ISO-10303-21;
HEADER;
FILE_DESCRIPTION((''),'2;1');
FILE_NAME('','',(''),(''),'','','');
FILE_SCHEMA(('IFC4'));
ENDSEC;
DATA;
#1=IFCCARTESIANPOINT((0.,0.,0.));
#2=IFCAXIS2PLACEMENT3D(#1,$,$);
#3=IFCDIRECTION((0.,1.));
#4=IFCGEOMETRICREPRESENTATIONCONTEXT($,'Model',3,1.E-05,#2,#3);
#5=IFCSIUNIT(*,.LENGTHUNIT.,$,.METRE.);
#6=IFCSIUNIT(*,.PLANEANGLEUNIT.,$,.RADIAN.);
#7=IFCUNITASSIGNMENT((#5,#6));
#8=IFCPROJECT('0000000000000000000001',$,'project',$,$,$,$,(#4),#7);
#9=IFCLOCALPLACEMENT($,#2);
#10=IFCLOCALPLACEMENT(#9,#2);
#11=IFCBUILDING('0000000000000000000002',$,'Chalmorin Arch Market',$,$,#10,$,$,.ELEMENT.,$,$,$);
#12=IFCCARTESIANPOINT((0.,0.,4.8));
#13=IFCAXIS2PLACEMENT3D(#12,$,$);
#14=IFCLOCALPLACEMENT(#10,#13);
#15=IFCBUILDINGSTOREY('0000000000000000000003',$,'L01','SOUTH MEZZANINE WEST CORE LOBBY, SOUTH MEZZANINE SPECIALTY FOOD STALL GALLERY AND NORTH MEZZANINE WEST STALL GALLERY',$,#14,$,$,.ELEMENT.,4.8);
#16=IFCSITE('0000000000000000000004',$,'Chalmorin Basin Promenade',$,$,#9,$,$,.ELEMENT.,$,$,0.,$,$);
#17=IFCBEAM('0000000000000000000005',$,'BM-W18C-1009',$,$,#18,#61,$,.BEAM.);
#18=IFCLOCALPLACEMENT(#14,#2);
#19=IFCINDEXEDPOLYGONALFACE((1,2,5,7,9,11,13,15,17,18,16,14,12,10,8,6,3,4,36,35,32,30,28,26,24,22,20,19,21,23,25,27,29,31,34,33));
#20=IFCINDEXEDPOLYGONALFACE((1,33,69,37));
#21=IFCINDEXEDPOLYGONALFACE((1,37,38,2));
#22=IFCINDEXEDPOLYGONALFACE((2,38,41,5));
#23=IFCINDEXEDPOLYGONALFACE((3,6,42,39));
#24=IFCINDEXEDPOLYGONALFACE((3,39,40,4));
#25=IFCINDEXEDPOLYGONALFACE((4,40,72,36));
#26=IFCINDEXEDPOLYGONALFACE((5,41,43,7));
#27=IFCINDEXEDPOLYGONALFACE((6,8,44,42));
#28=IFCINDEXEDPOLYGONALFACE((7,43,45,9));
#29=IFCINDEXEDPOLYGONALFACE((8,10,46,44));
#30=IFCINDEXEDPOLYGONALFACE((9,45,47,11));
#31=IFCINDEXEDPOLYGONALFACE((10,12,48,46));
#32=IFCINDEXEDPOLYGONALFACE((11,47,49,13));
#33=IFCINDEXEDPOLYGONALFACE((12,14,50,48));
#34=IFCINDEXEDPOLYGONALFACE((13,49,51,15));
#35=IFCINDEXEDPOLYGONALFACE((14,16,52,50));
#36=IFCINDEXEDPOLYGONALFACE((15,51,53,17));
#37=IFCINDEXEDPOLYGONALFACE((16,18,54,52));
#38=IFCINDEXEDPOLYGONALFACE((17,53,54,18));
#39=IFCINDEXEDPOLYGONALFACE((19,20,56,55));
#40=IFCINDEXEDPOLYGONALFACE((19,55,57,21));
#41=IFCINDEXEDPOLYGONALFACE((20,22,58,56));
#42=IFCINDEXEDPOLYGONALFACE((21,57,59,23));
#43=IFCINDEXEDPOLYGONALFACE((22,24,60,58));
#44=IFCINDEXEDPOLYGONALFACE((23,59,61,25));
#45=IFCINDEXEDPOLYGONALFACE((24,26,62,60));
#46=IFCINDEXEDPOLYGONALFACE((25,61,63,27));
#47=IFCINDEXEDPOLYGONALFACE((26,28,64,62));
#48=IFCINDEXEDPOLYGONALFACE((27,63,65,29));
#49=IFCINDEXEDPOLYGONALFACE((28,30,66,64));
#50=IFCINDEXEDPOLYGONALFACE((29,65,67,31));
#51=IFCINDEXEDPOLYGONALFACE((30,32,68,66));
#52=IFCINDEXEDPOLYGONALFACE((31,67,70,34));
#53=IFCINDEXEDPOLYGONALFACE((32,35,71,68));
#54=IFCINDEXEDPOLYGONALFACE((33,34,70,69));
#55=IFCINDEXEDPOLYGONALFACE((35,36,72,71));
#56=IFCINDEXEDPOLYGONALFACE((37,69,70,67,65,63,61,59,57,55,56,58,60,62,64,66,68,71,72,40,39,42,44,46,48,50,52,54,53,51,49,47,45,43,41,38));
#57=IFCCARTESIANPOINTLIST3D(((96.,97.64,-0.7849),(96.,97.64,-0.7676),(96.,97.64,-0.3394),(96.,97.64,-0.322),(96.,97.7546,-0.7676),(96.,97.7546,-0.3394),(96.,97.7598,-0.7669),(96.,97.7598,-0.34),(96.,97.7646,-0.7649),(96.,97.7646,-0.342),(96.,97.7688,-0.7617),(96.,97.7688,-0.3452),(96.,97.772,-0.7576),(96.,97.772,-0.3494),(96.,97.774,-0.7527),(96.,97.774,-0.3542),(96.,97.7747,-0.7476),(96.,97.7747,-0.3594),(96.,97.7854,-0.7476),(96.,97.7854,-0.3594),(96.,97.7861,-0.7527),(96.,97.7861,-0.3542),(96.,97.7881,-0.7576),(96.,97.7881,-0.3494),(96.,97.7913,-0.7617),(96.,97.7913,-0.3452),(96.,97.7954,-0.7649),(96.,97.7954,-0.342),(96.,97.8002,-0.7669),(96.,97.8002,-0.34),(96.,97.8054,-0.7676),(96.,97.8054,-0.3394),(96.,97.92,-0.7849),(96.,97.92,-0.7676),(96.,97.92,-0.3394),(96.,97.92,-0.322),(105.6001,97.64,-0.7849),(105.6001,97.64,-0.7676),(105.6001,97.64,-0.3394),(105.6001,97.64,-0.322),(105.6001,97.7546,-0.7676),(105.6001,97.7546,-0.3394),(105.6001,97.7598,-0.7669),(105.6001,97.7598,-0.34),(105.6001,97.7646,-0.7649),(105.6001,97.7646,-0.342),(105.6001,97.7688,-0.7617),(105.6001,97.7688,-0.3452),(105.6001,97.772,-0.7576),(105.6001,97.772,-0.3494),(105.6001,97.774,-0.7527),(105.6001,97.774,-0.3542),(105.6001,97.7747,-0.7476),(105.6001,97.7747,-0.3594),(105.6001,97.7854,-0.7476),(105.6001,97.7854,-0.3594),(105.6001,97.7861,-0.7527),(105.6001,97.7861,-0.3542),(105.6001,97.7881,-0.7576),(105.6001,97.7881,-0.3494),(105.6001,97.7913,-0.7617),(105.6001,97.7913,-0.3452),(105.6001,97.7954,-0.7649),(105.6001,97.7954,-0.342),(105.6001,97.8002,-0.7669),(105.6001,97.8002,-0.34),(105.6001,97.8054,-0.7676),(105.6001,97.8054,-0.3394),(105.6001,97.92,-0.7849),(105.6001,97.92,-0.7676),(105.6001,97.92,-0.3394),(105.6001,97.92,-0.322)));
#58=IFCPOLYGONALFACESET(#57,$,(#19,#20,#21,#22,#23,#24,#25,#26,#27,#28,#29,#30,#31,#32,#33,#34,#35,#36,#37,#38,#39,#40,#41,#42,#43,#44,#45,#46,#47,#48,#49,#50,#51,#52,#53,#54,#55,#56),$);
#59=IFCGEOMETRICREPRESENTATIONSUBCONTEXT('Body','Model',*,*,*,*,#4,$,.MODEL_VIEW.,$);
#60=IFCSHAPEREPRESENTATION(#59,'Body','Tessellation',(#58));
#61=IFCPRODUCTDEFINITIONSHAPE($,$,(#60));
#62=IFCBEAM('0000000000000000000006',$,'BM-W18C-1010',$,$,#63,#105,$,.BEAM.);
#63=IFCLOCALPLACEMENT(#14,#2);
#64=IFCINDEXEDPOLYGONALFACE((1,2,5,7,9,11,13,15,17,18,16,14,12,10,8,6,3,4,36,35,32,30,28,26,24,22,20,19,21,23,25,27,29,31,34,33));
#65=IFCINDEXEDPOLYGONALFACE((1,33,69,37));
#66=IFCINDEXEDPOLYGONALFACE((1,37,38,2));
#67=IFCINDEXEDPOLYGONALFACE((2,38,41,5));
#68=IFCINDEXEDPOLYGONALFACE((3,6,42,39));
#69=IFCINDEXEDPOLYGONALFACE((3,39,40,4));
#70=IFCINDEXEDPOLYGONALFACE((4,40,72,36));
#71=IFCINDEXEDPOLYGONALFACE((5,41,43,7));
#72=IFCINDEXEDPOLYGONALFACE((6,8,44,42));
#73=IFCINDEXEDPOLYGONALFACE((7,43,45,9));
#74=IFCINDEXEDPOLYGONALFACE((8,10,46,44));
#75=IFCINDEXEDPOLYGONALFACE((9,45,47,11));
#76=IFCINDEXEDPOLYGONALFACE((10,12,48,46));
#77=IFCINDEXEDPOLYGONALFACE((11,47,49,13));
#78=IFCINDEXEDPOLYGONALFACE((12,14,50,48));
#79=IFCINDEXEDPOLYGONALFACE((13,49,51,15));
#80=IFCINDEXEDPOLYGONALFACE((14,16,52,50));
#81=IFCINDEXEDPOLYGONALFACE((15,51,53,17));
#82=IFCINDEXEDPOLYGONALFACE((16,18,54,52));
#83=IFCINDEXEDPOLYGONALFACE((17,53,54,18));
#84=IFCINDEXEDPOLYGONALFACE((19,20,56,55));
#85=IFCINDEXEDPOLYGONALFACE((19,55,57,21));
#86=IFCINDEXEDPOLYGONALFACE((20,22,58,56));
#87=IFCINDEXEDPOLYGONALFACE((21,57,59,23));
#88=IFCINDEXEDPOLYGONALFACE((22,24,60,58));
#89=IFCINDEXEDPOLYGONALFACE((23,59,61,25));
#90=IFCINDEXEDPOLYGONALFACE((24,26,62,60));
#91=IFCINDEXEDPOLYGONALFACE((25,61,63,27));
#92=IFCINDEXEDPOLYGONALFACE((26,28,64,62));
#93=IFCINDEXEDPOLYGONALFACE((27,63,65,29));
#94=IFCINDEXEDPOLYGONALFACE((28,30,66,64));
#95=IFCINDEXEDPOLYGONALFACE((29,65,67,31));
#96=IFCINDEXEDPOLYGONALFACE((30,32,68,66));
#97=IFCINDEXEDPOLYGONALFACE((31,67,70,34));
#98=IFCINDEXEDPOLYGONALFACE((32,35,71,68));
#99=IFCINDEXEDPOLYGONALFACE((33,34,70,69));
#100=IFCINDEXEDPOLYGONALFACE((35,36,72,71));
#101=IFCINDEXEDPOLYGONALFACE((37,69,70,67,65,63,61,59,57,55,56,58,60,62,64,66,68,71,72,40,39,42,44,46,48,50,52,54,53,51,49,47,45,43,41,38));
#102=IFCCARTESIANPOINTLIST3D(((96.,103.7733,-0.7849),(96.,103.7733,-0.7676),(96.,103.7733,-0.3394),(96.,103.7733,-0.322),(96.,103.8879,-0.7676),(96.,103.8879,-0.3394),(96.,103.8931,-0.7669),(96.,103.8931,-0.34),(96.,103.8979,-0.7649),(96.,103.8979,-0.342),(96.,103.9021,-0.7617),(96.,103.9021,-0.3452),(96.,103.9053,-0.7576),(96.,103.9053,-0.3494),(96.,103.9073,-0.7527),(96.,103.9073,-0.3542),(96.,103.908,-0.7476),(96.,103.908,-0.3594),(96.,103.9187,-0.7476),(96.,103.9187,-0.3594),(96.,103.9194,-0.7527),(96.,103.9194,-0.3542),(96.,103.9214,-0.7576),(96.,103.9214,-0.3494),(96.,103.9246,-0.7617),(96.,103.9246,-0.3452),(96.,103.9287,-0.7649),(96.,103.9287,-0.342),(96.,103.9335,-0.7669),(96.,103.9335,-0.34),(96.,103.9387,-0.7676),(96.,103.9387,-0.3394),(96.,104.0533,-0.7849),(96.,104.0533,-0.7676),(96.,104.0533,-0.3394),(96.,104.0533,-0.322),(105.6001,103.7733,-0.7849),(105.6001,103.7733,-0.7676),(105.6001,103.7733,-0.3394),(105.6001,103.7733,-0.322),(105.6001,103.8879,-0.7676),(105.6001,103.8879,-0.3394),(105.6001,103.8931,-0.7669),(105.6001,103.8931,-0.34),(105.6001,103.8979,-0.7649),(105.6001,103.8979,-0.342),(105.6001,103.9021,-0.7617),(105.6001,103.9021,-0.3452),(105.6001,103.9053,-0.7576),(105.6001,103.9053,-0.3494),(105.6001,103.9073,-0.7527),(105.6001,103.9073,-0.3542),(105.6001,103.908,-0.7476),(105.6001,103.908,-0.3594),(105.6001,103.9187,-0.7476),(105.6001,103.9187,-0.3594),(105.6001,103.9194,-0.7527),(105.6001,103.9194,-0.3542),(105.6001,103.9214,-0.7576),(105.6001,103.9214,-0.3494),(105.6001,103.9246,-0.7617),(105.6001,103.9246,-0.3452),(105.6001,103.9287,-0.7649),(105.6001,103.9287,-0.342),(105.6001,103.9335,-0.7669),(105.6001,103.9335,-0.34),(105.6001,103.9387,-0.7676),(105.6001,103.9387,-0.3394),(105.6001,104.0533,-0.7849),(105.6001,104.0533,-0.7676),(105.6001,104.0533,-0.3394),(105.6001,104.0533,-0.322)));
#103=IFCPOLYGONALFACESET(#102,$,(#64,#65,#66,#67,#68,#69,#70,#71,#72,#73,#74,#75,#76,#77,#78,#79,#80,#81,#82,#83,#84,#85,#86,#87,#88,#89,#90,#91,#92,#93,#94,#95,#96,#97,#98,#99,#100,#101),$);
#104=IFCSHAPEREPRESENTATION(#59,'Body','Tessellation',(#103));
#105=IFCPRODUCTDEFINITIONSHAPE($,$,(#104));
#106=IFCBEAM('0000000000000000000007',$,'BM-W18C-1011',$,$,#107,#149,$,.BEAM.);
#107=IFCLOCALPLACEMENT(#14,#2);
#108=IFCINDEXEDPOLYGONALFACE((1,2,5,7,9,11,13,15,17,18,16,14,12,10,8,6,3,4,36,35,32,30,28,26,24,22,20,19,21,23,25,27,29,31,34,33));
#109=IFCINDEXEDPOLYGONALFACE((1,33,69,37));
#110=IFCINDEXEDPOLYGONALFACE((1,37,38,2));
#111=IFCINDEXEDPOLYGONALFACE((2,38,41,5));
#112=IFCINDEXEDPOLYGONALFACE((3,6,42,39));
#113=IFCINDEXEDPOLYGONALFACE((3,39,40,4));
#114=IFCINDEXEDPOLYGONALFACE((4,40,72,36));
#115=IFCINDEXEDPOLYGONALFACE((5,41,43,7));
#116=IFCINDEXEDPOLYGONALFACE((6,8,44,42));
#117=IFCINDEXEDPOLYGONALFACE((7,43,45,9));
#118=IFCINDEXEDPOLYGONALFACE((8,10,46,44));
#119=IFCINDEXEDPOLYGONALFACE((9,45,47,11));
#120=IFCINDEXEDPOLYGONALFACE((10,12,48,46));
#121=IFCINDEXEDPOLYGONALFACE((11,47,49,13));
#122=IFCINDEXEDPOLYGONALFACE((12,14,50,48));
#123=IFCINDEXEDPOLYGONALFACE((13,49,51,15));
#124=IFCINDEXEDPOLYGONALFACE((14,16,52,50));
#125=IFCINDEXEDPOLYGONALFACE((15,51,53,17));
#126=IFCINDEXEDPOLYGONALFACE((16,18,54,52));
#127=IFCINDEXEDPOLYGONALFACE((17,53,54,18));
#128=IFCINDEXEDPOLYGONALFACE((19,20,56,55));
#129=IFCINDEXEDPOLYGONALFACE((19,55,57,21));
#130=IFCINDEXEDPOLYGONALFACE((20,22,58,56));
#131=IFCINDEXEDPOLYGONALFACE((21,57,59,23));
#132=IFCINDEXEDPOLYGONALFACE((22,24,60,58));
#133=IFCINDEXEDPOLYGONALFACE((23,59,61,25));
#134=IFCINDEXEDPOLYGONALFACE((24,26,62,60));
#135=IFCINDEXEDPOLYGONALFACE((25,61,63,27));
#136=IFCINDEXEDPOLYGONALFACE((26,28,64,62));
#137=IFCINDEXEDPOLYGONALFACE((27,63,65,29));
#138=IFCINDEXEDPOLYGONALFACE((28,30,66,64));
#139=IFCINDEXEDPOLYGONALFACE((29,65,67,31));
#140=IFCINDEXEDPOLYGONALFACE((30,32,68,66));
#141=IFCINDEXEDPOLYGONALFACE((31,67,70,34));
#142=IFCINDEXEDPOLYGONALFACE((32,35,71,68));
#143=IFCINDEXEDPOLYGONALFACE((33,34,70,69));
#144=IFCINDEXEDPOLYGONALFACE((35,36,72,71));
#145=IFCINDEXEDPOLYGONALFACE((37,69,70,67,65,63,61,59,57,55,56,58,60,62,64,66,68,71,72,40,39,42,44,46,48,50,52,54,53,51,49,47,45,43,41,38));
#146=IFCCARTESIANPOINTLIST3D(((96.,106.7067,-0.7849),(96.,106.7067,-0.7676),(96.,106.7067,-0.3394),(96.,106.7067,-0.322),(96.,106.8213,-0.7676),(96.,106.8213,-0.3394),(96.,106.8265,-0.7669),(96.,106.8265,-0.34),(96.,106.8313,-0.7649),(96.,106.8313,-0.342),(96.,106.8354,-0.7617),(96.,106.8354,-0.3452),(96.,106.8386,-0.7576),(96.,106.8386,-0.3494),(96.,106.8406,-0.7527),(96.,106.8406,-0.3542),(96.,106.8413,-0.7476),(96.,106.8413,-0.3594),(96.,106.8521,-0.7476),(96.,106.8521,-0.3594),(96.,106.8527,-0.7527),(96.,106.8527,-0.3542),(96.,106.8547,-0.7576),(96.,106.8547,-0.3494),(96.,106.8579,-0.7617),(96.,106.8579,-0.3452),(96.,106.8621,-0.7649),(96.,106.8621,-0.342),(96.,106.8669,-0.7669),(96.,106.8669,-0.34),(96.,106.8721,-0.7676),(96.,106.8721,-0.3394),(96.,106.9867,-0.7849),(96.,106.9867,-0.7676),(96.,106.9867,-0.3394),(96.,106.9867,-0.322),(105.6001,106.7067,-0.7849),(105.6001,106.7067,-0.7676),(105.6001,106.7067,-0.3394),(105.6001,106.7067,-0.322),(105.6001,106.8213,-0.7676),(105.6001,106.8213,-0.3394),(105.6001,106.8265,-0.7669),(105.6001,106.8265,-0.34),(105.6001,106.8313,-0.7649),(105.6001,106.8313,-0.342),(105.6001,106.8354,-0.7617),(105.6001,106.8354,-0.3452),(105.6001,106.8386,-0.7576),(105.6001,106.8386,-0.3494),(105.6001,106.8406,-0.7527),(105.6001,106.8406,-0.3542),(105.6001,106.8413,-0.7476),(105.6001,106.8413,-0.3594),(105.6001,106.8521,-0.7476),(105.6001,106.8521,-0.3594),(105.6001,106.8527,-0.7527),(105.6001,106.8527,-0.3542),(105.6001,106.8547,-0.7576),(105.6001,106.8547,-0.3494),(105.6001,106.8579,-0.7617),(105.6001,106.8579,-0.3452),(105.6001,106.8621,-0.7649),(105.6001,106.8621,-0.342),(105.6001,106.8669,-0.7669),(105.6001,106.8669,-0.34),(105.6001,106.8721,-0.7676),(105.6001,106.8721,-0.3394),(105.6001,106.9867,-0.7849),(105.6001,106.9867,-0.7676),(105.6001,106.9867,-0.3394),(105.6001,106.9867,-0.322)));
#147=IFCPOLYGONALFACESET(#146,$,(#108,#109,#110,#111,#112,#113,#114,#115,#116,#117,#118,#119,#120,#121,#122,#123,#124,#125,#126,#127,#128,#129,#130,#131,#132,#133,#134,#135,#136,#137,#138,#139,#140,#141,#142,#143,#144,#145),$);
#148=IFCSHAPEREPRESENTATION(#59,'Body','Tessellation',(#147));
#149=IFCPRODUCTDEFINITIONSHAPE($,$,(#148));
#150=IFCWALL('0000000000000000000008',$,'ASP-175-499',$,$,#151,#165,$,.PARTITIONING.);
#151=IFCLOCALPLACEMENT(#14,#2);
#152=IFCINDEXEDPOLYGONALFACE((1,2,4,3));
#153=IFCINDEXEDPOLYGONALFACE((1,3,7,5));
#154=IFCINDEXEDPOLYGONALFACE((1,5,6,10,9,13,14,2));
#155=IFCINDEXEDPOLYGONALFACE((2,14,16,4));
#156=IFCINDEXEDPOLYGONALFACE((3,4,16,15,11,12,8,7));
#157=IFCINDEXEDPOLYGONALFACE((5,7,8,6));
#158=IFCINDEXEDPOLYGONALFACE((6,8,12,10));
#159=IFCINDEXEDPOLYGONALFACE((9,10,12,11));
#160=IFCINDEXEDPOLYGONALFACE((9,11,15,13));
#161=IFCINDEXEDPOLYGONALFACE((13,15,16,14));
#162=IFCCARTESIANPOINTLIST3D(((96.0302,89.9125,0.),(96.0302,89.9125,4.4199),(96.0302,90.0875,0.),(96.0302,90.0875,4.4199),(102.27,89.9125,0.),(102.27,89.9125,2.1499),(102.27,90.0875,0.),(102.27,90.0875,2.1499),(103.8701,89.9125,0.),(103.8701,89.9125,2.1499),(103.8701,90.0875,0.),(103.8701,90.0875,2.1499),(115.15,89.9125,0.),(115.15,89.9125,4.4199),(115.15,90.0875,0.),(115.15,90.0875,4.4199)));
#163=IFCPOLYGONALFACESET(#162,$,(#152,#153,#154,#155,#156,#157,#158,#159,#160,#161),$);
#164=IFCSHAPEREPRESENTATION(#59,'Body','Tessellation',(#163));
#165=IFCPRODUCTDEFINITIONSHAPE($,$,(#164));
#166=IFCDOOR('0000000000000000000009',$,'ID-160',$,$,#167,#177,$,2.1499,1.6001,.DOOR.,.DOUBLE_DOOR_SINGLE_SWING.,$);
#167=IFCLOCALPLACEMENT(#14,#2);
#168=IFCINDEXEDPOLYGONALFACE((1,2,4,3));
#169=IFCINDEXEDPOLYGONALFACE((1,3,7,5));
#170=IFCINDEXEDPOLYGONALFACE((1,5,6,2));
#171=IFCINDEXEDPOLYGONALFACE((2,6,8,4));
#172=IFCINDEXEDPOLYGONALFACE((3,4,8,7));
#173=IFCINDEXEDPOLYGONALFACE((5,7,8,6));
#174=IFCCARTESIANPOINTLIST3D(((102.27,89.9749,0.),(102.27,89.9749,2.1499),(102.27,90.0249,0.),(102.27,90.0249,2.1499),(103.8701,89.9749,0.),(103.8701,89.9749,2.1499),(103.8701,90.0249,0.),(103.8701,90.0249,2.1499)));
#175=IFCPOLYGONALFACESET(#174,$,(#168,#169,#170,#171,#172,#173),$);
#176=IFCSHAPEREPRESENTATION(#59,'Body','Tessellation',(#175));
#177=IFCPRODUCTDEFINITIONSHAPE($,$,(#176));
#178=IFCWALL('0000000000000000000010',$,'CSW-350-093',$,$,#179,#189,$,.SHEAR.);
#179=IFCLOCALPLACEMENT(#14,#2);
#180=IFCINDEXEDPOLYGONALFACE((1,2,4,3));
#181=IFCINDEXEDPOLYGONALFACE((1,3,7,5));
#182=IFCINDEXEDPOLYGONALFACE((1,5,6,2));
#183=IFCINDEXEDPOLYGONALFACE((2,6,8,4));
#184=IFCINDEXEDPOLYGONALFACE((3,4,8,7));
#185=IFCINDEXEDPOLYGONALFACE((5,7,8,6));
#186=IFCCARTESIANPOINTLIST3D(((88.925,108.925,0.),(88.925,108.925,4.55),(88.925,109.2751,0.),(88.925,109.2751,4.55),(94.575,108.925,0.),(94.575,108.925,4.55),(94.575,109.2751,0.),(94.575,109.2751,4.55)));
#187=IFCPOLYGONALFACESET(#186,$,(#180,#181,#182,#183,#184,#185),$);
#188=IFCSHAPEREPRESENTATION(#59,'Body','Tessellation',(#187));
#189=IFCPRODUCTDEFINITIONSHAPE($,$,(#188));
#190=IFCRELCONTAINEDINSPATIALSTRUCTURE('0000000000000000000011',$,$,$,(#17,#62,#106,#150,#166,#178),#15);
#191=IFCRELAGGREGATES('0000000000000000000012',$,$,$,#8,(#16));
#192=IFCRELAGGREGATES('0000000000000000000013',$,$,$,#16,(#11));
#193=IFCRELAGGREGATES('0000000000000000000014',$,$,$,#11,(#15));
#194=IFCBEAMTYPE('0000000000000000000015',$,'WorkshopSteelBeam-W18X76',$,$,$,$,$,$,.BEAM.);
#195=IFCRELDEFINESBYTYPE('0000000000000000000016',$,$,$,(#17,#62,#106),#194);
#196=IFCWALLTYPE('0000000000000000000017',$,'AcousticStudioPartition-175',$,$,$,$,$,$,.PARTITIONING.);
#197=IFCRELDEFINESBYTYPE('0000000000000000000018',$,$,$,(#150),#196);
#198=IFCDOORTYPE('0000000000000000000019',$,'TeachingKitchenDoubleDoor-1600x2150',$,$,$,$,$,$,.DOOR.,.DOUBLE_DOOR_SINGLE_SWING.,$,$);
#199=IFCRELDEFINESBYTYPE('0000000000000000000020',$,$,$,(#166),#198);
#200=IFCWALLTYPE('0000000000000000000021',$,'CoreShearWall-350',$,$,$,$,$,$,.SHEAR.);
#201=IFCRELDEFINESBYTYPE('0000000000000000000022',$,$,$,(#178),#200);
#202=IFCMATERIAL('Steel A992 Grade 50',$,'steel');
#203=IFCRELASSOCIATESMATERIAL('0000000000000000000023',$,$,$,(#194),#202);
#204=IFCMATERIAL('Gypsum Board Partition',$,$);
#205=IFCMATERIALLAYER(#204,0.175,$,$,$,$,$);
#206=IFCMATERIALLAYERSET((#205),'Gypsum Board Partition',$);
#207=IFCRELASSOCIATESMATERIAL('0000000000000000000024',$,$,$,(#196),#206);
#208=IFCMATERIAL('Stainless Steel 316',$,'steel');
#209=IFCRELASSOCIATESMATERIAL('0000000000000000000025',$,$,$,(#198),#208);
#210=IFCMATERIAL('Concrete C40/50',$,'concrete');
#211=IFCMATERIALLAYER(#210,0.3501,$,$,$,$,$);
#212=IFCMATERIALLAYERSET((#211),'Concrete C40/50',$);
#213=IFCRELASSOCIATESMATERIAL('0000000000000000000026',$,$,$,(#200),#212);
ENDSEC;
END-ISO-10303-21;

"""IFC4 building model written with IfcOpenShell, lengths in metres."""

from ifc_helpers import new_model, si_unit, direction, frame, frame_2d, origin, origin_2d, place, context, subcontext, project, spatial, rectangle, i_section, extrude, material, layer, layer_set, material_profile, profile_set, type_object, element, fill, save


model = new_model("IFC4")

# Units and contexts
model_context = context("Model", 3, precision=1e-05, world=origin(), true_north=direction((0.0, 1.0)))
body_context = subcontext(model_context, "Body", "Model", "MODEL_VIEW")
ifc_project = project(units=[si_unit("LENGTHUNIT", "METRE"), si_unit("PLANEANGLEUNIT", "RADIAN")], contexts=[model_context])

# Site, building, storey
site_placement = place(None, origin())
site = spatial("IfcSite", under=ifc_project, at=site_placement, Name="Chalmorin Basin Promenade", CompositionType="ELEMENT", RefElevation=0.0)
building_placement = place(site_placement, origin())
building = spatial("IfcBuilding", under=site, at=building_placement, Name="Chalmorin Arch Market", CompositionType="ELEMENT")
storey_placement = place(building_placement, frame((0.0, 0.0, 4.8)))
storey = spatial("IfcBuildingStorey", under=building, at=storey_placement, Name="L01", Description="SOUTH MEZZANINE WEST CORE LOBBY, SOUTH MEZZANINE SPECIALTY FOOD STALL GALLERY AND NORTH MEZZANINE WEST STALL GALLERY", CompositionType="ELEMENT", Elevation=4.8)

# Shared definitions
ifc_material_1 = material(Name="Concrete C40/50", Category="concrete")

# Beams
ifc_material_2 = material(Name="Steel A992 Grade 50", Category="steel")
ifc_material_profile_1 = material_profile(ifc_material_2, i_section(OverallWidth=0.28, OverallDepth=0.4629, WebThickness=0.0107, FlangeThickness=0.0173, FilletRadius=0.02, at=origin_2d()), Name="W18X76")
ifc_profile_set_1 = profile_set([ifc_material_profile_1], Name="Steel A992 Grade 50")
beam_type_1 = type_object("IfcBeamType", Name="WorkshopSteelBeam-W18X76", PredefinedType="BEAM", material=ifc_profile_set_1)
for number, where, z_axis, x_axis, name in (
    (1, (96.0, 97.78, -0.5535), (1.0, 0.0, 0.0), (0.0, 1.0, 0.0), "BM-W18C-1009"),
    (2, (96.0, 103.9133, -0.5535), (1.0, 0.0, 0.0), (0.0, 1.0, 0.0), "BM-W18C-1010"),
    (3, (96.0, 106.8467, -0.5535), (1.0, 0.0, 0.0), (0.0, 1.0, 0.0), "BM-W18C-1011"),
):
    element("IfcBeam", number, at=place(storey_placement, frame(where, z_axis=z_axis, x_axis=x_axis)), inside=storey, type_object=beam_type_1, Name=name, PredefinedType="BEAM", context=body_context, shape_type="SweptSolid", body=[
        extrude(i_section(OverallWidth=0.28, OverallDepth=0.4629, WebThickness=0.0107, FlangeThickness=0.0173, FilletRadius=0.02, at=origin_2d()), origin(), (0.0, 0.0, 1.0), 9.6001),
    ])

# Wall, opening, door
ifc_material_3 = material(Name="Gypsum Board Partition")
ifc_layer_1 = layer(ifc_material_3, 0.175)
ifc_layer_set_1 = layer_set([ifc_layer_1], Name="Gypsum Board Partition")
wall_type_1 = type_object("IfcWallType", Name="AcousticStudioPartition-175", PredefinedType="PARTITIONING", material=ifc_layer_set_1)
wall_1_placement = place(storey_placement, frame((96.03, 90.0, 0.0), z_axis=(0.0, 0.0, 1.0), x_axis=(1.0, 0.0, 0.0)))
wall_1 = element("IfcWall", 4, at=wall_1_placement, inside=storey, type_object=wall_type_1, Name="ASP-175-499", PredefinedType="PARTITIONING", context=body_context, shape_type="SweptSolid", body=[
    extrude(rectangle(XDim=19.1199, YDim=0.175, at=frame_2d((9.5601, 0.0))), origin(), (0.0, 0.0, 1.0), 4.4199),
])
opening_1_placement = place(wall_1_placement, frame((6.24, 0.0, 0.0)))
opening_1 = element("IfcOpeningElement", 5, at=opening_1_placement, cuts=wall_1, PredefinedType="OPENING", context=body_context, shape_type="SweptSolid", body=[
    extrude(rectangle(XDim=1.6001, YDim=2.1499, at=frame_2d((0.8, 1.075))), frame((0.0, 0.0974, 0.0), z_axis=(0.0, -1.0, 0.0), x_axis=(1.0, 0.0, 0.0)), (0.0, 0.0, 1.0), 0.1951),
])
ifc_material_4 = material(Name="Stainless Steel 316", Category="steel")
door_type_1 = type_object("IfcDoorType", Name="TeachingKitchenDoubleDoor-1600x2150", OperationType="DOUBLE_DOOR_SINGLE_SWING", PredefinedType="DOOR", material=ifc_material_4)
door_1_placement = place(opening_1_placement, origin())
door_1 = element("IfcDoor", 6, at=door_1_placement, inside=storey, type_object=door_type_1, Name="ID-160", OperationType="DOUBLE_DOOR_SINGLE_SWING", OverallHeight=2.1499, OverallWidth=1.6001, PredefinedType="DOOR", context=body_context, shape_type="SweptSolid", body=[
    extrude(rectangle(XDim=1.6001, YDim=2.1499, at=frame_2d((0.8, 1.075))), frame((0.0, 0.0249, 0.0), z_axis=(0.0, -1.0, 0.0), x_axis=(1.0, 0.0, 0.0)), (0.0, 0.0, 1.0), 0.05),
])
fill(opening_1, door_1)

# Wall
ifc_layer_2 = layer(ifc_material_1, 0.3501)
ifc_layer_set_2 = layer_set([ifc_layer_2], Name="Concrete C40/50")
wall_type_2 = type_object("IfcWallType", Name="CoreShearWall-350", PredefinedType="SHEAR", material=ifc_layer_set_2)
wall_2_placement = place(storey_placement, frame((94.575, 109.1001, 0.0), z_axis=(0.0, 0.0, 1.0), x_axis=(-1.0, 0.0, 0.0)))
element("IfcWall", 7, at=wall_2_placement, inside=storey, type_object=wall_type_2, Name="CSW-350-093", PredefinedType="SHEAR", context=body_context, shape_type="SweptSolid", body=[
    extrude(rectangle(XDim=5.6499, YDim=0.3501, at=frame_2d((2.825, 0.0))), origin(), (0.0, 0.0, 1.0), 4.55),
])

save(model, "model.ifc")
